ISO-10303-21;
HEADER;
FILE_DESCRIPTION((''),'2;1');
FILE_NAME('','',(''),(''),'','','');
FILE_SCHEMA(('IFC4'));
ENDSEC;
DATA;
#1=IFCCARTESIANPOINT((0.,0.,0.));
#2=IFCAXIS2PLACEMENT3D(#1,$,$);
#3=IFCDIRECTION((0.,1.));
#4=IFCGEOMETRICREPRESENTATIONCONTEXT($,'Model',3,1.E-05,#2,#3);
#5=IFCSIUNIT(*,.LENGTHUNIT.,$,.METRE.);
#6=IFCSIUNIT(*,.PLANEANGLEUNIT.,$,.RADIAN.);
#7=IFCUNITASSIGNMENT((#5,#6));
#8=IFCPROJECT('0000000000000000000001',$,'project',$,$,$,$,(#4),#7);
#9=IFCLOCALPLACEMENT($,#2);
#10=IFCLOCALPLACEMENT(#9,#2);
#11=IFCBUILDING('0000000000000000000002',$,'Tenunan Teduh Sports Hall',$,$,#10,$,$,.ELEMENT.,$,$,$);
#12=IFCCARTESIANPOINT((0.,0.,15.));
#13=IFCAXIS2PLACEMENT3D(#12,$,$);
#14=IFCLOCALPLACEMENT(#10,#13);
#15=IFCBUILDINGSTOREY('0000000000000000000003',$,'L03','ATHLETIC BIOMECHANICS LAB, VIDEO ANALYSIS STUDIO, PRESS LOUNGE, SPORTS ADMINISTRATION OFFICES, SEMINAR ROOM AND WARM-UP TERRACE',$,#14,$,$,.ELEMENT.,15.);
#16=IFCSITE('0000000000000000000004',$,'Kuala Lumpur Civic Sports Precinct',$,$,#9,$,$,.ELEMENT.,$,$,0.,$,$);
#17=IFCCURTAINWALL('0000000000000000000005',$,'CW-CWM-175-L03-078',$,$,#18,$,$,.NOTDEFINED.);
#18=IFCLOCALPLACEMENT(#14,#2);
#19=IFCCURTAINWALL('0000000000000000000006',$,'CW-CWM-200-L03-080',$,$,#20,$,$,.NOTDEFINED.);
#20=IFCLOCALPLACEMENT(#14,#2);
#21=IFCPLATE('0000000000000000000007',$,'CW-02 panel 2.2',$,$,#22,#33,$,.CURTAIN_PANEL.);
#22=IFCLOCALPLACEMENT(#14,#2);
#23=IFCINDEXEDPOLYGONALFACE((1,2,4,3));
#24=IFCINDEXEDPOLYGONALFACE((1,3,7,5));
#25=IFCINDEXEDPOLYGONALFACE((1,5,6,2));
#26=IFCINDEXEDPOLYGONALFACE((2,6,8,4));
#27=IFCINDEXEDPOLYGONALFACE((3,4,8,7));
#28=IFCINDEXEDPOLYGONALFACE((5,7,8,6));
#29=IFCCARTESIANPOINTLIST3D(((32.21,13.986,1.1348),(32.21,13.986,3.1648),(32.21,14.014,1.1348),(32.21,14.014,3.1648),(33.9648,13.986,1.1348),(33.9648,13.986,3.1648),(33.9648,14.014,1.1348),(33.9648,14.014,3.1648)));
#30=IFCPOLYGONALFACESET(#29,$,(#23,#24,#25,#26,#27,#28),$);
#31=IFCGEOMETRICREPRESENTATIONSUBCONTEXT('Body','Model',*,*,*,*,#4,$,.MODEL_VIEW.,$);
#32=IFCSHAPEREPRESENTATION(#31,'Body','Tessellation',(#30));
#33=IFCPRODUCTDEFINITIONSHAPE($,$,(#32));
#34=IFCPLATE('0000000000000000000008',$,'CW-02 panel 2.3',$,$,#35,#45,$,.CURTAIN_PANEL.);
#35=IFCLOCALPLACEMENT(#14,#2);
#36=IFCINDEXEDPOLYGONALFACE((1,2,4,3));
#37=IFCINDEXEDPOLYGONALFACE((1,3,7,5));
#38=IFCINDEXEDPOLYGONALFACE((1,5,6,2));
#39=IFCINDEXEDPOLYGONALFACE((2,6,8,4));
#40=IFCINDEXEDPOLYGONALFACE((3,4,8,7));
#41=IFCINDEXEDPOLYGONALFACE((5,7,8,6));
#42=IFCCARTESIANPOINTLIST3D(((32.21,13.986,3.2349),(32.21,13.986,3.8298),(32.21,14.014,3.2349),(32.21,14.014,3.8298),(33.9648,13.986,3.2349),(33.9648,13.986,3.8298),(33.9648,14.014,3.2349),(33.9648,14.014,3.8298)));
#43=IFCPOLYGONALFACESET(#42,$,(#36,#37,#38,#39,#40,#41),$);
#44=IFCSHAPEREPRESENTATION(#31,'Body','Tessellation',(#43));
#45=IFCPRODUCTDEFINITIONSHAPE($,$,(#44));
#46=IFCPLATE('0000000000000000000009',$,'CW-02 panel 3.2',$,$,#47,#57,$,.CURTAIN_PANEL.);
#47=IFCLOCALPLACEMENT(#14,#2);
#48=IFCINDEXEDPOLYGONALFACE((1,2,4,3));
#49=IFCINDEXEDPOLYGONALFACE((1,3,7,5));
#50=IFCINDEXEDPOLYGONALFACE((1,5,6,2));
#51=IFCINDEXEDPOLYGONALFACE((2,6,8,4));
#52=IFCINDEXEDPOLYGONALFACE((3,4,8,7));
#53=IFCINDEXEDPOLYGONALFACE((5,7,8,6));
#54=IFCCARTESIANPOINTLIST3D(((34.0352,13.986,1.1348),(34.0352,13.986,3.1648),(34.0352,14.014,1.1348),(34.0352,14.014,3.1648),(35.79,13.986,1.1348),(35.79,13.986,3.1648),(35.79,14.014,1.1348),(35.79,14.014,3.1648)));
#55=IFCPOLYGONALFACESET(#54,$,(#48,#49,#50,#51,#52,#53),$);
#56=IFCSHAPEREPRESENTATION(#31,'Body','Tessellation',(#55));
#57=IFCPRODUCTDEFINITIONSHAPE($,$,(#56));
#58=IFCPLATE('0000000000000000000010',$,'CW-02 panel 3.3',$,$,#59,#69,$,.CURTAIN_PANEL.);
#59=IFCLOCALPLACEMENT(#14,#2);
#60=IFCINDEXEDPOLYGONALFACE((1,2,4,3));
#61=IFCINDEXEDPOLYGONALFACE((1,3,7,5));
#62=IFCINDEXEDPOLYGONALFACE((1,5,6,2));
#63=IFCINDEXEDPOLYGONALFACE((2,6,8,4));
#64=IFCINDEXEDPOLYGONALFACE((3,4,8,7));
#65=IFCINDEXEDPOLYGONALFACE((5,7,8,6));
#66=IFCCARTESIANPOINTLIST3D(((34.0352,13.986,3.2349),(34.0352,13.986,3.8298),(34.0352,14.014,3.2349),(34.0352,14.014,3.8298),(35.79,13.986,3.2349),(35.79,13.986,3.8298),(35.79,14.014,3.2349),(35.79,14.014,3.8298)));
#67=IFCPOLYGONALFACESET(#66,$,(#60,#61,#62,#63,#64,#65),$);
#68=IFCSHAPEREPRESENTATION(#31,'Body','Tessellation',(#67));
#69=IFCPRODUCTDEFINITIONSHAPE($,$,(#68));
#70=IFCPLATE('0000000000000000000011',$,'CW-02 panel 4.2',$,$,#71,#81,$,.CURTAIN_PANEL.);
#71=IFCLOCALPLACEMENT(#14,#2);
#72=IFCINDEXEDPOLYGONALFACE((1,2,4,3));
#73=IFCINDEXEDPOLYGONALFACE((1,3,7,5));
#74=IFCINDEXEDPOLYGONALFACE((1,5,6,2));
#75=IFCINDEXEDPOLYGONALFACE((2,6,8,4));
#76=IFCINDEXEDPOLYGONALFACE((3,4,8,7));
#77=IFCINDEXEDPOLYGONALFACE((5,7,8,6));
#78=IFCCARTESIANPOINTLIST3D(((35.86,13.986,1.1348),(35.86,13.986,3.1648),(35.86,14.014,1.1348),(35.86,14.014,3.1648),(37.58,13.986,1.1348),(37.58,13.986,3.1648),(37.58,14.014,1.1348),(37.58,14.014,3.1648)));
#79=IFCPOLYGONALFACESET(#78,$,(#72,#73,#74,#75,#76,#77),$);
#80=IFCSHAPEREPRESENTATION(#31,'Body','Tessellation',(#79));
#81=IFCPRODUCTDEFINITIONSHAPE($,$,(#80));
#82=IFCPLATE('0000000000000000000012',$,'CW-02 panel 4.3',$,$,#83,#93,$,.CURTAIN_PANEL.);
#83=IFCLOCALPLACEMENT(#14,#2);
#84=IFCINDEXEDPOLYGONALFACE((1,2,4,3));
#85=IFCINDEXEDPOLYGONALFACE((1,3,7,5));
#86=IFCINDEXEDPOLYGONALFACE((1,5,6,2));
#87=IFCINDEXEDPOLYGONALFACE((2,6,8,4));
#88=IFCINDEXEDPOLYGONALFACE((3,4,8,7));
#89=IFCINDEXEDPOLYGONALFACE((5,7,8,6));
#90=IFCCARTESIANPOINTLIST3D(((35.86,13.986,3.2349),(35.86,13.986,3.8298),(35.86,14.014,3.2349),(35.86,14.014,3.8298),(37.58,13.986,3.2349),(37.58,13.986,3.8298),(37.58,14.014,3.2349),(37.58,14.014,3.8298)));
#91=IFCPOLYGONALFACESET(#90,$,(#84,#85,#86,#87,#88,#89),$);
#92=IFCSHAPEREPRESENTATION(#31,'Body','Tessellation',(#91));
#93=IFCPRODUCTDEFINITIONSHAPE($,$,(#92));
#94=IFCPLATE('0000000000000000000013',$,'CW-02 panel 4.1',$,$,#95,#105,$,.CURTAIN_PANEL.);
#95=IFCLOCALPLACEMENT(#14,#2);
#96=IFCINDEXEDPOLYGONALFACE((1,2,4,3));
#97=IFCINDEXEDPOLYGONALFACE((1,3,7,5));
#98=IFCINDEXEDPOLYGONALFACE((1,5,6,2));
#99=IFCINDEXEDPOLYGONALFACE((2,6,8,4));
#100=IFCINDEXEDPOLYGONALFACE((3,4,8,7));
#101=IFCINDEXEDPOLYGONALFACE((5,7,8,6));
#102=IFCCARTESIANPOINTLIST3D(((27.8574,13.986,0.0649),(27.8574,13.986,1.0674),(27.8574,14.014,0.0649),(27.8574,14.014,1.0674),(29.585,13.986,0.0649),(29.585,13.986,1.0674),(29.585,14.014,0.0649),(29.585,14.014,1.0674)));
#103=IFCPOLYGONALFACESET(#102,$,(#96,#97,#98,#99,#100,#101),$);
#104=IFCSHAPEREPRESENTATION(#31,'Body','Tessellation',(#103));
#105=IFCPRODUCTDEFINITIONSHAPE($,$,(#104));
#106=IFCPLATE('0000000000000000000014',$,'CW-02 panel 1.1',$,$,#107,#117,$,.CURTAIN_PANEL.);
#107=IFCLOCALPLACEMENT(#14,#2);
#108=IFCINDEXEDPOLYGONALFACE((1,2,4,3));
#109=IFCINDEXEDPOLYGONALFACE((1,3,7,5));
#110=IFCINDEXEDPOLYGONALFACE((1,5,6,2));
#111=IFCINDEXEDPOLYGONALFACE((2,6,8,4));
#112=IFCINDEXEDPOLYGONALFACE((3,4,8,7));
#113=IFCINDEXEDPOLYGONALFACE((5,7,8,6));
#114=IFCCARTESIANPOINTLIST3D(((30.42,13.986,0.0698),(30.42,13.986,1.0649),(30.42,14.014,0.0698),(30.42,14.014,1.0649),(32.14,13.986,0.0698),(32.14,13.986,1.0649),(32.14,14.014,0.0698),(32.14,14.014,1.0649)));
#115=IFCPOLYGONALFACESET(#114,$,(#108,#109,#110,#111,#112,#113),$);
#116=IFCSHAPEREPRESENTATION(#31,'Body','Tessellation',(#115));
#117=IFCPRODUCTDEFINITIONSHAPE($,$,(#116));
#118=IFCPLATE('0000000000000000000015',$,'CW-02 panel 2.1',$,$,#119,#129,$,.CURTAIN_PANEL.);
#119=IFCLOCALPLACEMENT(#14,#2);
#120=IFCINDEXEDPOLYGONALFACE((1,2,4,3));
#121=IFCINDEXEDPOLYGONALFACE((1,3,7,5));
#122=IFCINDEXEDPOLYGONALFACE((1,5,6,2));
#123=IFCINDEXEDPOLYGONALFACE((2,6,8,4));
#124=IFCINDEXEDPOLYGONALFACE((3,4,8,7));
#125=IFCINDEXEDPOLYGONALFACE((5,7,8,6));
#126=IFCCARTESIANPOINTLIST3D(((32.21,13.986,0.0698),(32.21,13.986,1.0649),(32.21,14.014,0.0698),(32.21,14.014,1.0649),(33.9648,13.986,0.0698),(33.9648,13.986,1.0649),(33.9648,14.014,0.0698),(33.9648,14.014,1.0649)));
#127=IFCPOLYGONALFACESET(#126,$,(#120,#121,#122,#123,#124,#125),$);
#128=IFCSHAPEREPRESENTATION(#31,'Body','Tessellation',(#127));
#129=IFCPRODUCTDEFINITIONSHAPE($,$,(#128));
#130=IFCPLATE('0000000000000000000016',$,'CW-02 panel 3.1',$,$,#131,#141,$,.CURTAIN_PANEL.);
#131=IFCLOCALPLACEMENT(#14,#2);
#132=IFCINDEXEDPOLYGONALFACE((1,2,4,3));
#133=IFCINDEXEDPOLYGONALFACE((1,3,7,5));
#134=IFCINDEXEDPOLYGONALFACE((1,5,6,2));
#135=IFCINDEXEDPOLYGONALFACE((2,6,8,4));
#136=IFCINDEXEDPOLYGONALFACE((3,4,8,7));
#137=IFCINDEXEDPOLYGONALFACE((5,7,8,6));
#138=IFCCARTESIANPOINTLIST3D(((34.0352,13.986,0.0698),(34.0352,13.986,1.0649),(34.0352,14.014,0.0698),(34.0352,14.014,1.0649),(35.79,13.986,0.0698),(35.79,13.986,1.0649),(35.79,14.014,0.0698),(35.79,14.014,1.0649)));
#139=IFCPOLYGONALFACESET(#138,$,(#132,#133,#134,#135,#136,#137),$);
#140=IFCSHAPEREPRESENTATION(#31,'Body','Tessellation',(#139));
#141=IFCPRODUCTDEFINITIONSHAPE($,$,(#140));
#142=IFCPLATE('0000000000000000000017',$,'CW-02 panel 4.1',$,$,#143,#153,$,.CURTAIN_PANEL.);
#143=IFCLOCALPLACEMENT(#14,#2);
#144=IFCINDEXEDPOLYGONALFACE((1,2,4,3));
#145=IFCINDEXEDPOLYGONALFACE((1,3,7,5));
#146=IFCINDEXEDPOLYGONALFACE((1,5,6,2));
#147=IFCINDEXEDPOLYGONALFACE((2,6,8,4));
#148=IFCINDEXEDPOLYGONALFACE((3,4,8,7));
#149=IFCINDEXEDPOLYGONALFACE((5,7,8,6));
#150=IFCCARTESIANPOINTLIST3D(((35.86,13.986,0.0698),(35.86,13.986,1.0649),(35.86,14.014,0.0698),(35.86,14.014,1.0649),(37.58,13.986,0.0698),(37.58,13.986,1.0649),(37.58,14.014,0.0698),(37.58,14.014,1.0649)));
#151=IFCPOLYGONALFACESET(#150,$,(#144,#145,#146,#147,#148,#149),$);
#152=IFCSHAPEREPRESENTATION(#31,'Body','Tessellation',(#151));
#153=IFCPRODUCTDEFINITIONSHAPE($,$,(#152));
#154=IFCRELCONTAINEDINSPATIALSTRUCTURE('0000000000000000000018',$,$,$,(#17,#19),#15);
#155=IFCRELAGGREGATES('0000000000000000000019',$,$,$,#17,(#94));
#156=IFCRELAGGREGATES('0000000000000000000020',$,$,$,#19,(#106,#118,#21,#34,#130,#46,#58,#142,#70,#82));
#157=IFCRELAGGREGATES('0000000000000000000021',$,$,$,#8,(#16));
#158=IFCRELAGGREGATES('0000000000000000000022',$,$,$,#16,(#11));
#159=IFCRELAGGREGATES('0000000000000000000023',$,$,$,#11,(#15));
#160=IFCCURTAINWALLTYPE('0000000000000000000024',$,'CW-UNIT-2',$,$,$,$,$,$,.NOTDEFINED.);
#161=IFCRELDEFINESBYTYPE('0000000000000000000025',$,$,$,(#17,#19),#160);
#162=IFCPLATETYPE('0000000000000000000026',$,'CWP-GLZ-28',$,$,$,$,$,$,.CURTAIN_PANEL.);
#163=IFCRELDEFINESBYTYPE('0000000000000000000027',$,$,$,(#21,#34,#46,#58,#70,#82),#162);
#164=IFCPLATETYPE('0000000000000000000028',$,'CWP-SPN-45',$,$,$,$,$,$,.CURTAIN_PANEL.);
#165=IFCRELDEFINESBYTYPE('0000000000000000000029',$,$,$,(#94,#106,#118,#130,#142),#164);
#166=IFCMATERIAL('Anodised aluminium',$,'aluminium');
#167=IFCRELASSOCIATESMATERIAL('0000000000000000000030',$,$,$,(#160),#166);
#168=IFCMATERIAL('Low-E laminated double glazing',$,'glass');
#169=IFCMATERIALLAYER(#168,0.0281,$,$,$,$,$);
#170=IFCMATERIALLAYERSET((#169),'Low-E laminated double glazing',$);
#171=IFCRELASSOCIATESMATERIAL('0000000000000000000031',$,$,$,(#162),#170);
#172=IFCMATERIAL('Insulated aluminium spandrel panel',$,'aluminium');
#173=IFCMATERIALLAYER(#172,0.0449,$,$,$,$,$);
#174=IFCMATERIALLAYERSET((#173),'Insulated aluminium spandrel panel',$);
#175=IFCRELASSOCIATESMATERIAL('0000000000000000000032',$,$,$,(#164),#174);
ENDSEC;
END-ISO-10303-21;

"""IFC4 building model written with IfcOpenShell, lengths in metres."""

from ifc_helpers import new_model, si_unit, direction, frame, origin, origin_2d, place, context, subcontext, project, spatial, rectangle, extrude, material, layer, layer_set, type_object, element, aggregate, save


model = new_model("IFC4")

# Units and contexts
model_context = context("Model", 3, precision=1e-05, world=origin(), true_north=direction((0.0, 1.0)))
body_context = subcontext(model_context, "Body", "Model", "MODEL_VIEW")
ifc_project = project(units=[si_unit("LENGTHUNIT", "METRE"), si_unit("PLANEANGLEUNIT", "RADIAN")], contexts=[model_context])

# Site, building, storey
site_placement = place(None, origin())
site = spatial("IfcSite", under=ifc_project, at=site_placement, Name="Kuala Lumpur Civic Sports Precinct", CompositionType="ELEMENT", RefElevation=0.0)
building_placement = place(site_placement, origin())
building = spatial("IfcBuilding", under=site, at=building_placement, Name="Tenunan Teduh Sports Hall", CompositionType="ELEMENT")
storey_placement = place(building_placement, frame((0.0, 0.0, 15.0)))
storey = spatial("IfcBuildingStorey", under=building, at=storey_placement, Name="L03", Description="ATHLETIC BIOMECHANICS LAB, VIDEO ANALYSIS STUDIO, PRESS LOUNGE, SPORTS ADMINISTRATION OFFICES, SEMINAR ROOM AND WARM-UP TERRACE", CompositionType="ELEMENT", Elevation=15.0)

# Curtain wall
ifc_material_1 = material(Name="Anodised aluminium", Category="aluminium")
curtain_wall_type = type_object("IfcCurtainWallType", Name="CW-UNIT-2", PredefinedType="NOTDEFINED", material=ifc_material_1)
curtain_wall_1_placement = place(storey_placement, origin())
curtain_wall_1 = element("IfcCurtainWall", 1, at=curtain_wall_1_placement, inside=storey, type_object=curtain_wall_type, Name="CW-CWM-175-L03-078", PredefinedType="NOTDEFINED")

# Curtain wall
curtain_wall_2_placement = place(storey_placement, origin())
curtain_wall_2 = element("IfcCurtainWall", 2, at=curtain_wall_2_placement, inside=storey, type_object=curtain_wall_type, Name="CW-CWM-200-L03-080", PredefinedType="NOTDEFINED")

# Plates
ifc_material_2 = material(Name="Low-E laminated double glazing", Category="glass")
ifc_layer_1 = layer(ifc_material_2, 0.0281)
ifc_layer_set_1 = layer_set([ifc_layer_1], Name="Low-E laminated double glazing")
plate_type_1 = type_object("IfcPlateType", Name="CWP-GLZ-28", PredefinedType="CURTAIN_PANEL", material=ifc_layer_set_1)
plate_1_placement = place(storey_placement, frame((33.0874, 14.0, 1.1348), z_axis=(0.0, 0.0, 1.0), x_axis=(1.0, 0.0, 0.0)))
plate_1 = element("IfcPlate", 3, at=plate_1_placement, type_object=plate_type_1, Name="CW-02 panel 2.2", PredefinedType="CURTAIN_PANEL", context=body_context, shape_type="SweptSolid", body=[
    extrude(rectangle(XDim=1.7549, YDim=0.0281, at=origin_2d()), origin(), (0.0, 0.0, 1.0), 2.03),
])
plate_2_placement = place(storey_placement, frame((33.0874, 14.0, 3.2349), z_axis=(0.0, 0.0, 1.0), x_axis=(1.0, 0.0, 0.0)))
plate_2 = element("IfcPlate", 4, at=plate_2_placement, type_object=plate_type_1, Name="CW-02 panel 2.3", PredefinedType="CURTAIN_PANEL", context=body_context, shape_type="SweptSolid", body=[
    extrude(rectangle(XDim=1.7549, YDim=0.0281, at=origin_2d()), origin(), (0.0, 0.0, 1.0), 0.595),
])
plate_3_placement = place(storey_placement, frame((34.9126, 14.0, 1.1348), z_axis=(0.0, 0.0, 1.0), x_axis=(1.0, 0.0, 0.0)))
plate_3 = element("IfcPlate", 5, at=plate_3_placement, type_object=plate_type_1, Name="CW-02 panel 3.2", PredefinedType="CURTAIN_PANEL", context=body_context, shape_type="SweptSolid", body=[
    extrude(rectangle(XDim=1.7549, YDim=0.0281, at=origin_2d()), origin(), (0.0, 0.0, 1.0), 2.03),
])
plate_4_placement = place(storey_placement, frame((34.9126, 14.0, 3.2349), z_axis=(0.0, 0.0, 1.0), x_axis=(1.0, 0.0, 0.0)))
plate_4 = element("IfcPlate", 6, at=plate_4_placement, type_object=plate_type_1, Name="CW-02 panel 3.3", PredefinedType="CURTAIN_PANEL", context=body_context, shape_type="SweptSolid", body=[
    extrude(rectangle(XDim=1.7549, YDim=0.0281, at=origin_2d()), origin(), (0.0, 0.0, 1.0), 0.595),
])
plate_5_placement = place(storey_placement, frame((36.72, 14.0, 1.1348), z_axis=(0.0, 0.0, 1.0), x_axis=(1.0, 0.0, 0.0)))
plate_5 = element("IfcPlate", 7, at=plate_5_placement, type_object=plate_type_1, Name="CW-02 panel 4.2", PredefinedType="CURTAIN_PANEL", context=body_context, shape_type="SweptSolid", body=[
    extrude(rectangle(XDim=1.72, YDim=0.0281, at=origin_2d()), origin(), (0.0, 0.0, 1.0), 2.03),
])
plate_6_placement = place(storey_placement, frame((36.72, 14.0, 3.2349), z_axis=(0.0, 0.0, 1.0), x_axis=(1.0, 0.0, 0.0)))
plate_6 = element("IfcPlate", 8, at=plate_6_placement, type_object=plate_type_1, Name="CW-02 panel 4.3", PredefinedType="CURTAIN_PANEL", context=body_context, shape_type="SweptSolid", body=[
    extrude(rectangle(XDim=1.72, YDim=0.0281, at=origin_2d()), origin(), (0.0, 0.0, 1.0), 0.595),
])
ifc_material_3 = material(Name="Insulated aluminium spandrel panel", Category="aluminium")
ifc_layer_2 = layer(ifc_material_3, 0.0449)
ifc_layer_set_2 = layer_set([ifc_layer_2], Name="Insulated aluminium spandrel panel")
plate_type_2 = type_object("IfcPlateType", Name="CWP-SPN-45", PredefinedType="CURTAIN_PANEL", material=ifc_layer_set_2)
plate_7_placement = place(storey_placement, frame((28.7212, 14.0, 0.0649), z_axis=(0.0, 0.0, 1.0), x_axis=(1.0, 0.0, 0.0)))
plate_7 = element("IfcPlate", 9, at=plate_7_placement, type_object=plate_type_2, Name="CW-02 panel 4.1", PredefinedType="CURTAIN_PANEL", context=body_context, shape_type="SweptSolid", body=[
    extrude(rectangle(XDim=1.7275, YDim=0.0281, at=origin_2d()), origin(), (0.0, 0.0, 1.0), 1.0024),
])
aggregate(curtain_wall_1, [plate_7])
plate_8_placement = place(storey_placement, frame((31.28, 14.0, 0.0698), z_axis=(0.0, 0.0, 1.0), x_axis=(1.0, 0.0, 0.0)))
plate_8 = element("IfcPlate", 10, at=plate_8_placement, type_object=plate_type_2, Name="CW-02 panel 1.1", PredefinedType="CURTAIN_PANEL", context=body_context, shape_type="SweptSolid", body=[
    extrude(rectangle(XDim=1.72, YDim=0.0281, at=origin_2d()), origin(), (0.0, 0.0, 1.0), 0.9951),
])
plate_9_placement = place(storey_placement, frame((33.0874, 14.0, 0.0698), z_axis=(0.0, 0.0, 1.0), x_axis=(1.0, 0.0, 0.0)))
plate_9 = element("IfcPlate", 11, at=plate_9_placement, type_object=plate_type_2, Name="CW-02 panel 2.1", PredefinedType="CURTAIN_PANEL", context=body_context, shape_type="SweptSolid", body=[
    extrude(rectangle(XDim=1.7549, YDim=0.0281, at=origin_2d()), origin(), (0.0, 0.0, 1.0), 0.9951),
])
plate_10_placement = place(storey_placement, frame((34.9126, 14.0, 0.0698), z_axis=(0.0, 0.0, 1.0), x_axis=(1.0, 0.0, 0.0)))
plate_10 = element("IfcPlate", 12, at=plate_10_placement, type_object=plate_type_2, Name="CW-02 panel 3.1", PredefinedType="CURTAIN_PANEL", context=body_context, shape_type="SweptSolid", body=[
    extrude(rectangle(XDim=1.7549, YDim=0.0281, at=origin_2d()), origin(), (0.0, 0.0, 1.0), 0.9951),
])
plate_11_placement = place(storey_placement, frame((36.72, 14.0, 0.0698), z_axis=(0.0, 0.0, 1.0), x_axis=(1.0, 0.0, 0.0)))
plate_11 = element("IfcPlate", 13, at=plate_11_placement, type_object=plate_type_2, Name="CW-02 panel 4.1", PredefinedType="CURTAIN_PANEL", context=body_context, shape_type="SweptSolid", body=[
    extrude(rectangle(XDim=1.72, YDim=0.0281, at=origin_2d()), origin(), (0.0, 0.0, 1.0), 0.9951),
])
aggregate(curtain_wall_2, [plate_8, plate_9, plate_1, plate_2, plate_10, plate_3, plate_4, plate_11, plate_5, plate_6])

save(model, "model.ifc")
